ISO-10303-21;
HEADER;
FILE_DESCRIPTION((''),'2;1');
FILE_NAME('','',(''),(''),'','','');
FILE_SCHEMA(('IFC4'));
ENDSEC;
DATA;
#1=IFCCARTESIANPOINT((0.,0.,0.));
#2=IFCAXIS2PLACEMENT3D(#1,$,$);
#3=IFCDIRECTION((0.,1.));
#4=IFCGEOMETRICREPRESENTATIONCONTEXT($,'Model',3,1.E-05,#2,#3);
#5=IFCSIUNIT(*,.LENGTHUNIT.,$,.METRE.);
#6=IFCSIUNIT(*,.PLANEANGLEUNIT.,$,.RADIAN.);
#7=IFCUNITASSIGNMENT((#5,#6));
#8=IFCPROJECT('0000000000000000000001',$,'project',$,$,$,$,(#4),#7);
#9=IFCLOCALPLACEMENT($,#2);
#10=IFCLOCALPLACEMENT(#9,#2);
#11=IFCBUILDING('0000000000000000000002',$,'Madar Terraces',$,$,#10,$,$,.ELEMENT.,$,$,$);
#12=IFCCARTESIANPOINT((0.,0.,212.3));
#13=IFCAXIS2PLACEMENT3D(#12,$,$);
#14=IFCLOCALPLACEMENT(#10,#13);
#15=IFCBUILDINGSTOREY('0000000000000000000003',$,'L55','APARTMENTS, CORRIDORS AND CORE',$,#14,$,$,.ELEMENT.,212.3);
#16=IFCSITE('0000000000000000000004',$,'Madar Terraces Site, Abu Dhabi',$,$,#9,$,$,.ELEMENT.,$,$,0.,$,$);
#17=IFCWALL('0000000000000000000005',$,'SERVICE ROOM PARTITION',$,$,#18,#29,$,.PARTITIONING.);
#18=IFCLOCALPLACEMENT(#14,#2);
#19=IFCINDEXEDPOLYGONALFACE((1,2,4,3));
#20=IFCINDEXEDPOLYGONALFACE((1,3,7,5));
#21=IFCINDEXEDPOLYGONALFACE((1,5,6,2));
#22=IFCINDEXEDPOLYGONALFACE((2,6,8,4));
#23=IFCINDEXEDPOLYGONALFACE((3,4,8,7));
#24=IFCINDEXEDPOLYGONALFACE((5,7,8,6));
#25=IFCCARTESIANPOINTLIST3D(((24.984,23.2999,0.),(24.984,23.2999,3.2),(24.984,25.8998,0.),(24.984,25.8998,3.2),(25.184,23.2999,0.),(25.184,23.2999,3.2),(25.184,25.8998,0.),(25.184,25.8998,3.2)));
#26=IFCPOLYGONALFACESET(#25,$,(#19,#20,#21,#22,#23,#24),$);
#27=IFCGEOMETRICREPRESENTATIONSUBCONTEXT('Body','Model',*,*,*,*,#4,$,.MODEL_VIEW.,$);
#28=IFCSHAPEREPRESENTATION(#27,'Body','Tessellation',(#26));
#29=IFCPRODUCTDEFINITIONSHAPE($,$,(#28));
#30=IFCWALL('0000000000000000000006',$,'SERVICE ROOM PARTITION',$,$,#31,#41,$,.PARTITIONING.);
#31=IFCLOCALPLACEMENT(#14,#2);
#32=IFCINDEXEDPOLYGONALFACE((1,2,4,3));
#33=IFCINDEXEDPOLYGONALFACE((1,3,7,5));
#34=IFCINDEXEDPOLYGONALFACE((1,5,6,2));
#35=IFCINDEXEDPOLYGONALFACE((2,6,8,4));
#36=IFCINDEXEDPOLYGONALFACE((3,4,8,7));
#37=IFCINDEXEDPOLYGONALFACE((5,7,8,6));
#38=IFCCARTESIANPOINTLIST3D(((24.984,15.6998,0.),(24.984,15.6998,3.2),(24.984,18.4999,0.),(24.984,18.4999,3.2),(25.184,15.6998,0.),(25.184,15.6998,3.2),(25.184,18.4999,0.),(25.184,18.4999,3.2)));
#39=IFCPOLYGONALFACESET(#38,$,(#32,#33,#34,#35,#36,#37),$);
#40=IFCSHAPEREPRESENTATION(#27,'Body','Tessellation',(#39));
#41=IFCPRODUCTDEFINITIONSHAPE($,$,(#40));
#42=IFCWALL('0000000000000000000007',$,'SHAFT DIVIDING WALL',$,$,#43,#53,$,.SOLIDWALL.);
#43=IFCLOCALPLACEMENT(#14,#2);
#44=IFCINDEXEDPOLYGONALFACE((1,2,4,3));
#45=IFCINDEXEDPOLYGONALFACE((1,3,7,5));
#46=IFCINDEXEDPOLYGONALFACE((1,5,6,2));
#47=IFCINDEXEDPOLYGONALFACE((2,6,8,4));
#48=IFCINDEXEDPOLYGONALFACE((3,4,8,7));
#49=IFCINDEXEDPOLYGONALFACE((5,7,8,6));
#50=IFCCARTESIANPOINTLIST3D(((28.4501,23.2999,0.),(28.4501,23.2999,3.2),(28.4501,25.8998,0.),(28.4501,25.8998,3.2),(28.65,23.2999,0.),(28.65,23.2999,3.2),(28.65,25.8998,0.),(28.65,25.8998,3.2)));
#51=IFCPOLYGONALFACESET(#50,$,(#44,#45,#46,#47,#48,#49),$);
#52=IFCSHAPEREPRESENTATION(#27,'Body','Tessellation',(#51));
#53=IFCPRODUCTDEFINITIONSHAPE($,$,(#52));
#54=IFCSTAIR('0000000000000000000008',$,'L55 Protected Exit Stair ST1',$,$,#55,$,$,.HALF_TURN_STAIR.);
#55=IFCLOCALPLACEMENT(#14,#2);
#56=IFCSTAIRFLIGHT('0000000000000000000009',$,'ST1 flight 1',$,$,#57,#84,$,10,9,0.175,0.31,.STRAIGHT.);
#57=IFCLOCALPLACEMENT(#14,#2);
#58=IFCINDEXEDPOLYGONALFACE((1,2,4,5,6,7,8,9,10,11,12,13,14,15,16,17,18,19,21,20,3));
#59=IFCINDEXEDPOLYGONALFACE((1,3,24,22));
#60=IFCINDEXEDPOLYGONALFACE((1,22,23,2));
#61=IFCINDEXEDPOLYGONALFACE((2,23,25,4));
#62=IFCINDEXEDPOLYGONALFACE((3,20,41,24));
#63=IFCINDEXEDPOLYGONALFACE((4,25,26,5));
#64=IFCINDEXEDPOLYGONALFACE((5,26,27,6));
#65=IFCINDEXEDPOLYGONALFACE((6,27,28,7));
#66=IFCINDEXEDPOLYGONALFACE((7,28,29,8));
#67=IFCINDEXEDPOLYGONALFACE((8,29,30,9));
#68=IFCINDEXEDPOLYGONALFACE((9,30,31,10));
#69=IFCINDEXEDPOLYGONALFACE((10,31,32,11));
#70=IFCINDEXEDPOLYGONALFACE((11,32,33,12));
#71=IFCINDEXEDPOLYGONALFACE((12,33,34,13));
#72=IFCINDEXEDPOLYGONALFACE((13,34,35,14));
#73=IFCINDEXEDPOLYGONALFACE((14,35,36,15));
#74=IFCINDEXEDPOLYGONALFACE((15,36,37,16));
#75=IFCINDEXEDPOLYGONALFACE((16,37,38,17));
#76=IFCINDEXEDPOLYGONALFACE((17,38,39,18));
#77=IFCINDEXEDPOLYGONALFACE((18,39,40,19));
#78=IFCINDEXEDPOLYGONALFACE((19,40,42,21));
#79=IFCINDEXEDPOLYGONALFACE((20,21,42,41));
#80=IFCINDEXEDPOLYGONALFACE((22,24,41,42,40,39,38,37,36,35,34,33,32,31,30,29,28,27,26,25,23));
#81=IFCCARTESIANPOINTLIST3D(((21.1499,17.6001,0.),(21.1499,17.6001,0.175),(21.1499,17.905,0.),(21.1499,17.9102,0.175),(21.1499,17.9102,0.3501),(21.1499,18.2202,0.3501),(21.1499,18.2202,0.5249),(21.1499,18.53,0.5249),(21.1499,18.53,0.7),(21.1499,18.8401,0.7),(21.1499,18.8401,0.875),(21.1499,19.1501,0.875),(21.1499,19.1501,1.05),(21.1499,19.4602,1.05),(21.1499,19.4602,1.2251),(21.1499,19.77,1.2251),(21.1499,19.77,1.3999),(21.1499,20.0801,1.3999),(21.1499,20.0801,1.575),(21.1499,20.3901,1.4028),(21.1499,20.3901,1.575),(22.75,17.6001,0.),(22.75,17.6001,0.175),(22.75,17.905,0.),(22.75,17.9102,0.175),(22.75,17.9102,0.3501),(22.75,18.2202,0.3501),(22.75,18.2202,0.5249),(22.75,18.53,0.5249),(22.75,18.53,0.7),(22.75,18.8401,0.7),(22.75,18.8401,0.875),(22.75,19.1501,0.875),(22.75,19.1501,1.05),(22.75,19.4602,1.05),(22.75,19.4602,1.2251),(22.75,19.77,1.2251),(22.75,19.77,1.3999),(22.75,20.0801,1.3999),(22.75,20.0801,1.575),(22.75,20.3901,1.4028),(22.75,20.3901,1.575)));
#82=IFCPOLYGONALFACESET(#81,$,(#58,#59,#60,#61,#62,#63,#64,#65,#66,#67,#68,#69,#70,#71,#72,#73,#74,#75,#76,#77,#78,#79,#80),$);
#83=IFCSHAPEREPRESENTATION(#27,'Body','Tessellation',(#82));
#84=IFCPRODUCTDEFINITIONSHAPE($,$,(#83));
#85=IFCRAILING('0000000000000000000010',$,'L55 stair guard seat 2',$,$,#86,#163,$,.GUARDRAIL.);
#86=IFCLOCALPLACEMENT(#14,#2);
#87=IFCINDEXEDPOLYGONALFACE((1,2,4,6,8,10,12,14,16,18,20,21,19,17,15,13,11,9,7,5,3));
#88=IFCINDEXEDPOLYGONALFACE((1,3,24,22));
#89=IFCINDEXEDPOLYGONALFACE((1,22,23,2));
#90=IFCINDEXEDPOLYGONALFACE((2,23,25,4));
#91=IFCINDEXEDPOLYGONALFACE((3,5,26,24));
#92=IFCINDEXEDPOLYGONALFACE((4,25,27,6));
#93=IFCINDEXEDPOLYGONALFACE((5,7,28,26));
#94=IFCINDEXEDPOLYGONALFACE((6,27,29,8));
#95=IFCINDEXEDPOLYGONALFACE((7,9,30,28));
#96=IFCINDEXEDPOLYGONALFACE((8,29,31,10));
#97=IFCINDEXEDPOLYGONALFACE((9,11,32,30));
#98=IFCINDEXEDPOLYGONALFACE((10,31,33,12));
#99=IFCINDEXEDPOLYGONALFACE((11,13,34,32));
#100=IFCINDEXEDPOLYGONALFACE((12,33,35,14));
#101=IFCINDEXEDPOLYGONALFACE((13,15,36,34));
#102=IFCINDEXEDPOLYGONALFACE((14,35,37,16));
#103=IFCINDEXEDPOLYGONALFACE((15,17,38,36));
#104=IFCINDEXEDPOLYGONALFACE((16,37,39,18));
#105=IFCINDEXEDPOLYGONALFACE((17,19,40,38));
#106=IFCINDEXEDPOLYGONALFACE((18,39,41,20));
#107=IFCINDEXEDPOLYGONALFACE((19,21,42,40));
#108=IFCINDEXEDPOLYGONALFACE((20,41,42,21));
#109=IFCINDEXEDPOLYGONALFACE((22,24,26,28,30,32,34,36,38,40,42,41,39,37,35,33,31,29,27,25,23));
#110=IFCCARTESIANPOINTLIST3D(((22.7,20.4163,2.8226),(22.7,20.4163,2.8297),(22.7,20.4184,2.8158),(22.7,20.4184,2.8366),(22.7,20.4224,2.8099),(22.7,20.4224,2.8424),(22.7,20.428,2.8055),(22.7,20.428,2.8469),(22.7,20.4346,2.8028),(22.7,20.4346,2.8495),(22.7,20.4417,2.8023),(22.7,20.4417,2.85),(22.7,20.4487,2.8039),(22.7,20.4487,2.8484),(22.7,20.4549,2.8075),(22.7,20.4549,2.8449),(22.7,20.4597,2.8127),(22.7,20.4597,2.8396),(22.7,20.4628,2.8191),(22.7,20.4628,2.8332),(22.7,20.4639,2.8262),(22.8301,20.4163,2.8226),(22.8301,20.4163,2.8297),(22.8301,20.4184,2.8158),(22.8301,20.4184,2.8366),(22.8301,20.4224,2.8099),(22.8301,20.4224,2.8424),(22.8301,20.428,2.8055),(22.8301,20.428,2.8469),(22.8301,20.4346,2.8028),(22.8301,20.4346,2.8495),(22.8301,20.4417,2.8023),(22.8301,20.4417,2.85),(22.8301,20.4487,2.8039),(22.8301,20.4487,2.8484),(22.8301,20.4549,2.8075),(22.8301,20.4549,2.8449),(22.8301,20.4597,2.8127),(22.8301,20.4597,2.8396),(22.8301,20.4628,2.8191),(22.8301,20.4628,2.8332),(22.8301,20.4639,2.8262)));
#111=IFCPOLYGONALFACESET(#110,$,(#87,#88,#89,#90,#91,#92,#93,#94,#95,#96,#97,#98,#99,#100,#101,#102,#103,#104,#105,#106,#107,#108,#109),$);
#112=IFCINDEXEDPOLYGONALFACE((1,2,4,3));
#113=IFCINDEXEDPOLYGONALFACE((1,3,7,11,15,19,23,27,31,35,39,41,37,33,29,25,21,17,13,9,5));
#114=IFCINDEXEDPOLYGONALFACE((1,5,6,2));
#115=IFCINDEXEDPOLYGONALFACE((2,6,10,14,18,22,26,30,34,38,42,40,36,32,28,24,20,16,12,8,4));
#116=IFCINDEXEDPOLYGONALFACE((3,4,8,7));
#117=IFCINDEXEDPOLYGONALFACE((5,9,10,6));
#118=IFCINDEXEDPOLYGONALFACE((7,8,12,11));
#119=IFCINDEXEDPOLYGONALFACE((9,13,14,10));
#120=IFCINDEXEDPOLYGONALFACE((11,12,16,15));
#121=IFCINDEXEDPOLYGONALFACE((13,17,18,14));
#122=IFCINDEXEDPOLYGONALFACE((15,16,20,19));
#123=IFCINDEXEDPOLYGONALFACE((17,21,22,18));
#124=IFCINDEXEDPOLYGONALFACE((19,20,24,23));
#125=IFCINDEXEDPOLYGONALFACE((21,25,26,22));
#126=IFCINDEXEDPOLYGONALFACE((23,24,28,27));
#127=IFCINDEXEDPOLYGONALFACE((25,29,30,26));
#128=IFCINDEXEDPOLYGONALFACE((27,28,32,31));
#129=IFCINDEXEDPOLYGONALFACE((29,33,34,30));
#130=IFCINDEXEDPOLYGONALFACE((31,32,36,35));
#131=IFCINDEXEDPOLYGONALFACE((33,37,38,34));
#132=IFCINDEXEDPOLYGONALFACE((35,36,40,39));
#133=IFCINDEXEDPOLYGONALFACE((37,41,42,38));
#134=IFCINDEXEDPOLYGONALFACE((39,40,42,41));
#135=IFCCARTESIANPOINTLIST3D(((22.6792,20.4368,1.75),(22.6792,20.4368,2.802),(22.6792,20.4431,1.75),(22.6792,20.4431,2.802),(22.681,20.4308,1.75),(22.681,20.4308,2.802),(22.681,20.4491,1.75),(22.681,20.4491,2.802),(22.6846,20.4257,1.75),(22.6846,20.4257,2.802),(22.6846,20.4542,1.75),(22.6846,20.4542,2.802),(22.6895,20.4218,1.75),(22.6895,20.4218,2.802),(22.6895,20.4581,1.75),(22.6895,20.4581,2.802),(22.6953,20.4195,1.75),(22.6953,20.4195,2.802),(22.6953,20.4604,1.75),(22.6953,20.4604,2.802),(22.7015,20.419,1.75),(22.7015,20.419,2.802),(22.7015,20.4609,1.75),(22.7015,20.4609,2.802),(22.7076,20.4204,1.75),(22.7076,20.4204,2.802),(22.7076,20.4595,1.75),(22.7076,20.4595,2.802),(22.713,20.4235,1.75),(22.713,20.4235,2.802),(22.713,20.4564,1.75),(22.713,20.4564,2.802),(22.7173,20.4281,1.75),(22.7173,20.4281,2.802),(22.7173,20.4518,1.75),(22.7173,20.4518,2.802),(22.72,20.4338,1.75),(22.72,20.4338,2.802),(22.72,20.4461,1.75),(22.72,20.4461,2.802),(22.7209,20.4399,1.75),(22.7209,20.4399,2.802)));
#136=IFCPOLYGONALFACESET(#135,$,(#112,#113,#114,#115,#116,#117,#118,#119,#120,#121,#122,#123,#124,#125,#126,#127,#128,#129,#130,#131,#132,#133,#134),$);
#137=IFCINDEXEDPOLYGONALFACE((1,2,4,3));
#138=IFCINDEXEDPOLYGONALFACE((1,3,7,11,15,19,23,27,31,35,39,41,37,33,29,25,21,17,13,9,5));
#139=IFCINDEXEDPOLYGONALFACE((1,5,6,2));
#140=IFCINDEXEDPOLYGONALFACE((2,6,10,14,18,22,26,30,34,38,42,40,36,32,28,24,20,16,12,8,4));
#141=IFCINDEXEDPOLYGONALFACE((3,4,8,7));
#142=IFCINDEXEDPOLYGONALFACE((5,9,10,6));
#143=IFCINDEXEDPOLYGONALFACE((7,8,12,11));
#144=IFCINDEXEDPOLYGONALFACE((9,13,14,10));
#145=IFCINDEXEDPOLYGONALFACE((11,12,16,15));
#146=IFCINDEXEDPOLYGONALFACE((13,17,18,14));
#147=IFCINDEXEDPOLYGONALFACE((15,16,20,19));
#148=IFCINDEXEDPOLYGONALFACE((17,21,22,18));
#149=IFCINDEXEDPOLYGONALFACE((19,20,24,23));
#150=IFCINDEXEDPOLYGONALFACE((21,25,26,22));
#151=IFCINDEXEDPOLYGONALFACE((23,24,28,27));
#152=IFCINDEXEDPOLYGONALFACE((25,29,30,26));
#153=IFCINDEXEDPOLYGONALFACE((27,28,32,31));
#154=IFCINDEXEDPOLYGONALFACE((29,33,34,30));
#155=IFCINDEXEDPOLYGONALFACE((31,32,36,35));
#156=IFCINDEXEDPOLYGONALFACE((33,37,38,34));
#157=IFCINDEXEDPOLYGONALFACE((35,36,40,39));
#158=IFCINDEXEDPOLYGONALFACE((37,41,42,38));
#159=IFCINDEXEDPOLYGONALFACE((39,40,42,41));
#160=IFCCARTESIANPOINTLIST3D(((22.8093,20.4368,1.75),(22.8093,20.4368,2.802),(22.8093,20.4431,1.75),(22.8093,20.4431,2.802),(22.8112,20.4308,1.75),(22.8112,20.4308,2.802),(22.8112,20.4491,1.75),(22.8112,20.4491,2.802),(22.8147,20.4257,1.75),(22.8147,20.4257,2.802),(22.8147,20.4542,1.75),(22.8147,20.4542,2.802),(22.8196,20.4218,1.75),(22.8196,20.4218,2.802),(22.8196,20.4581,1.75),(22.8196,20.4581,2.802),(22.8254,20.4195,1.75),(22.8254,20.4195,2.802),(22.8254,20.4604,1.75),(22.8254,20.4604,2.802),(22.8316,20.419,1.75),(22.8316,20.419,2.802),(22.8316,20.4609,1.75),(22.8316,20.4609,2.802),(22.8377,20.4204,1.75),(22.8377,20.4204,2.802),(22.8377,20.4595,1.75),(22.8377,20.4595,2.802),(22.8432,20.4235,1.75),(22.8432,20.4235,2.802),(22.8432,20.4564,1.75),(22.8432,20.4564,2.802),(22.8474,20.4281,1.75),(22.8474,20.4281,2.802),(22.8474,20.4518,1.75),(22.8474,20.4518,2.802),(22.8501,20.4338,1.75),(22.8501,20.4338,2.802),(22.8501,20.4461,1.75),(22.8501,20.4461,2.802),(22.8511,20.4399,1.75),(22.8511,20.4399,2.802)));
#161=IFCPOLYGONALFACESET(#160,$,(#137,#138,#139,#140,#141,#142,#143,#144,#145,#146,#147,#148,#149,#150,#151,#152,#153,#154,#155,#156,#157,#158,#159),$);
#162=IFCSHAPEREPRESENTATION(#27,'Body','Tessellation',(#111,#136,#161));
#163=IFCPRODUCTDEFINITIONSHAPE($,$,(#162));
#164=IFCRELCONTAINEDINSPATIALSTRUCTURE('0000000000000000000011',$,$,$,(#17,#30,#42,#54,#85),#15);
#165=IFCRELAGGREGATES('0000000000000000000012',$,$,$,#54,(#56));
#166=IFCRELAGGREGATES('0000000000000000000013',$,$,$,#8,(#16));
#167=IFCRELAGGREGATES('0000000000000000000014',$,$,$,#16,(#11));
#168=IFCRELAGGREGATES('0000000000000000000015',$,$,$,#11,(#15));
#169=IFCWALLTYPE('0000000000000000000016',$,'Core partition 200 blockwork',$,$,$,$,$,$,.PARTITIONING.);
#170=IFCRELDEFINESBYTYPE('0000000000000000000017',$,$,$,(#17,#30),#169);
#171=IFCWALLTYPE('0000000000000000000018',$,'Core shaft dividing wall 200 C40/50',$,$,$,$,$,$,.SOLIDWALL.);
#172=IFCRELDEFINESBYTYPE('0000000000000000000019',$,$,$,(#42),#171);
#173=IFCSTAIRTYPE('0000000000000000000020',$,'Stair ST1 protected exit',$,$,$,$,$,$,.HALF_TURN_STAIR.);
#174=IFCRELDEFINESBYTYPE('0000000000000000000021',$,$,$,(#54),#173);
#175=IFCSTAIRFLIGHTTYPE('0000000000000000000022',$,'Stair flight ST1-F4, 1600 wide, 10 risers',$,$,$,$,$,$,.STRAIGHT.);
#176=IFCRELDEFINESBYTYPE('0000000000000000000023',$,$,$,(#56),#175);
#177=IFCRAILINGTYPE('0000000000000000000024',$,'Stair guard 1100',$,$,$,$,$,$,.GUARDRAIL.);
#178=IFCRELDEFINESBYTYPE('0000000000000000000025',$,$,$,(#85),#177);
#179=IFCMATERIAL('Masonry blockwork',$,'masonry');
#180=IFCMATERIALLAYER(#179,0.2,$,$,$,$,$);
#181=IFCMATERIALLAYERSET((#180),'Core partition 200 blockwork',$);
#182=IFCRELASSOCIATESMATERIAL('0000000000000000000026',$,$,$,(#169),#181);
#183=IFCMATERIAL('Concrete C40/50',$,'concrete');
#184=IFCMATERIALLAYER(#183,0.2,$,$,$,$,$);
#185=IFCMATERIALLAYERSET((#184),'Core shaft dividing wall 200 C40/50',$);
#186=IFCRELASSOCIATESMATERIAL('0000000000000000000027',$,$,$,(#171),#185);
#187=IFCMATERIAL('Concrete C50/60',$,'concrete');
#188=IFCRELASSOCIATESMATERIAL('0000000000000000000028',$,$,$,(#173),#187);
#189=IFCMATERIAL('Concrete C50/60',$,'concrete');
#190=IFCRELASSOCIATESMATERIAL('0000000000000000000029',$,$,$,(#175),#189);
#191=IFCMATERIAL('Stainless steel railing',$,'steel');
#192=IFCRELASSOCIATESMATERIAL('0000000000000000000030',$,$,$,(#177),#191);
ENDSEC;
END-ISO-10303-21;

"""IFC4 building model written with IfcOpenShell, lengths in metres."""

from ifc_helpers import new_model, si_unit, direction, frame, frame_2d, origin, origin_2d, place, context, subcontext, project, spatial, polyline, rectangle, circle, outline, extrude, material, layer, layer_set, type_object, element, aggregate, save


model = new_model("IFC4")

# Units and contexts
model_context = context("Model", 3, precision=1e-05, world=origin(), true_north=direction((0.0, 1.0)))
body_context = subcontext(model_context, "Body", "Model", "MODEL_VIEW")
ifc_project = project(units=[si_unit("LENGTHUNIT", "METRE"), si_unit("PLANEANGLEUNIT", "RADIAN")], contexts=[model_context])

# Site, building, storey
site_placement = place(None, origin())
site = spatial("IfcSite", under=ifc_project, at=site_placement, Name="Madar Terraces Site, Abu Dhabi", CompositionType="ELEMENT", RefElevation=0.0)
building_placement = place(site_placement, origin())
building = spatial("IfcBuilding", under=site, at=building_placement, Name="Madar Terraces", CompositionType="ELEMENT")
storey_placement = place(building_placement, frame((0.0, 0.0, 212.3)))
storey = spatial("IfcBuildingStorey", under=building, at=storey_placement, Name="L55", Description="APARTMENTS, CORRIDORS AND CORE", CompositionType="ELEMENT", Elevation=212.3)

# Walls
ifc_material_1 = material(Name="Masonry blockwork", Category="masonry")
ifc_layer_1 = layer(ifc_material_1, 0.2)
ifc_layer_set_1 = layer_set([ifc_layer_1], Name="Core partition 200 blockwork")
wall_type_1 = type_object("IfcWallType", Name="Core partition 200 blockwork", PredefinedType="PARTITIONING", material=ifc_layer_set_1)
wall_1_placement = place(storey_placement, frame((25.084, 23.3, 0.0), z_axis=(0.0, 0.0, 1.0), x_axis=(0.0, 1.0, 0.0)))
element("IfcWall", 1, at=wall_1_placement, inside=storey, type_object=wall_type_1, Name="SERVICE ROOM PARTITION", PredefinedType="PARTITIONING", context=body_context, shape_type="SweptSolid", body=[
    extrude(rectangle(XDim=2.5999, YDim=0.2, at=frame_2d((1.2998, 0.0))), origin(), (0.0, 0.0, 1.0), 3.2),
])
wall_2_placement = place(storey_placement, frame((25.084, 15.7, 0.0), z_axis=(0.0, 0.0, 1.0), x_axis=(0.0, 1.0, 0.0)))
element("IfcWall", 2, at=wall_2_placement, inside=storey, type_object=wall_type_1, Name="SERVICE ROOM PARTITION", PredefinedType="PARTITIONING", context=body_context, shape_type="SweptSolid", body=[
    extrude(rectangle(XDim=2.8, YDim=0.2, at=frame_2d((1.3999, 0.0))), origin(), (0.0, 0.0, 1.0), 3.2),
])
ifc_material_2 = material(Name="Concrete C40/50", Category="concrete")
ifc_layer_2 = layer(ifc_material_2, 0.2)
ifc_layer_set_2 = layer_set([ifc_layer_2], Name="Core shaft dividing wall 200 C40/50")
wall_type_2 = type_object("IfcWallType", Name="Core shaft dividing wall 200 C40/50", PredefinedType="SOLIDWALL", material=ifc_layer_set_2)
wall_3_placement = place(storey_placement, frame((28.55, 23.3, 0.0), z_axis=(0.0, 0.0, 1.0), x_axis=(0.0, 1.0, 0.0)))
element("IfcWall", 3, at=wall_3_placement, inside=storey, type_object=wall_type_2, Name="SHAFT DIVIDING WALL", PredefinedType="SOLIDWALL", context=body_context, shape_type="SweptSolid", body=[
    extrude(rectangle(XDim=2.5999, YDim=0.2, at=frame_2d((1.2998, 0.0))), origin(), (0.0, 0.0, 1.0), 3.2),
])

# Stair, stair flight
ifc_material_3 = material(Name="Concrete C50/60", Category="concrete")
stair_type = type_object("IfcStairType", Name="Stair ST1 protected exit", PredefinedType="HALF_TURN_STAIR", material=ifc_material_3)
stair_placement = place(storey_placement, origin())
stair = element("IfcStair", 4, at=stair_placement, inside=storey, type_object=stair_type, Name="L55 Protected Exit Stair ST1", PredefinedType="HALF_TURN_STAIR")
ifc_material_4 = material(Name="Concrete C50/60", Category="concrete")
stair_flight_type = type_object("IfcStairFlightType", Name="Stair flight ST1-F4, 1600 wide, 10 risers", PredefinedType="STRAIGHT", material=ifc_material_4)
stair_flight_placement = place(storey_placement, frame((21.95, 17.6001, 0.0), z_axis=(0.0, 0.0, 1.0), x_axis=(0.0, 1.0, 0.0)))
stair_flight = element("IfcStairFlight", 5, at=stair_flight_placement, type_object=stair_flight_type, Name="ST1 flight 1", NumberOfRisers=10, NumberOfTreads=9, PredefinedType="STRAIGHT", RiserHeight=0.175, TreadLength=0.31, context=body_context, shape_type="SweptSolid", body=[
    extrude(outline(polyline([(0.0, 0.0), (0.0, 0.175), (0.3101, 0.175), (0.3101, 0.3501), (0.6201, 0.3501), (0.6201, 0.5249), (0.9299, 0.5249), (0.9299, 0.7), (1.24, 0.7), (1.24, 0.875), (1.55, 0.875), (1.55, 1.05), (1.8601, 1.05), (1.8601, 1.2251), (2.1699, 1.2251), (2.1699, 1.3999), (2.48, 1.3999), (2.48, 1.575), (2.79, 1.575), (2.79, 1.75), (2.79, 1.4028), (0.3049, 0.0), (0.0, 0.0)])), frame((0.0, 0.8, 0.0), z_axis=(0.0, -1.0, 0.0), x_axis=(1.0, 0.0, 0.0)), (0.0, 0.0, 1.0), 1.6001),
])
aggregate(stair, [stair_flight])

# Railing
ifc_material_5 = material(Name="Stainless steel railing", Category="steel")
railing_type_1 = type_object("IfcRailingType", Name="Stair guard 1100", PredefinedType="GUARDRAIL", material=ifc_material_5)
for number, where, name in (
    (6, (22.7, 20.4399, 1.75), "L55 stair guard seat 2"),
):
    element("IfcRailing", number, at=place(storey_placement, frame(where)), inside=storey, type_object=railing_type_1, Name=name, PredefinedType="GUARDRAIL", context=body_context, shape_type="SweptSolid", body=[
        extrude(circle(Radius=0.0239, at=origin_2d()), frame((0.0, 0.0, 1.0762), z_axis=(1.0, 0.0, 0.0), x_axis=(0.0, 1.0, 0.0)), (0.0, 0.0, 1.0), 0.1301),
        extrude(circle(Radius=0.021, at=origin_2d()), origin(), (0.0, 0.0, 1.0), 1.052),
        extrude(circle(Radius=0.021, at=origin_2d()), frame((0.1301, 0.0, 0.0)), (0.0, 0.0, 1.0), 1.052),
    ])

save(model, "model.ifc")
